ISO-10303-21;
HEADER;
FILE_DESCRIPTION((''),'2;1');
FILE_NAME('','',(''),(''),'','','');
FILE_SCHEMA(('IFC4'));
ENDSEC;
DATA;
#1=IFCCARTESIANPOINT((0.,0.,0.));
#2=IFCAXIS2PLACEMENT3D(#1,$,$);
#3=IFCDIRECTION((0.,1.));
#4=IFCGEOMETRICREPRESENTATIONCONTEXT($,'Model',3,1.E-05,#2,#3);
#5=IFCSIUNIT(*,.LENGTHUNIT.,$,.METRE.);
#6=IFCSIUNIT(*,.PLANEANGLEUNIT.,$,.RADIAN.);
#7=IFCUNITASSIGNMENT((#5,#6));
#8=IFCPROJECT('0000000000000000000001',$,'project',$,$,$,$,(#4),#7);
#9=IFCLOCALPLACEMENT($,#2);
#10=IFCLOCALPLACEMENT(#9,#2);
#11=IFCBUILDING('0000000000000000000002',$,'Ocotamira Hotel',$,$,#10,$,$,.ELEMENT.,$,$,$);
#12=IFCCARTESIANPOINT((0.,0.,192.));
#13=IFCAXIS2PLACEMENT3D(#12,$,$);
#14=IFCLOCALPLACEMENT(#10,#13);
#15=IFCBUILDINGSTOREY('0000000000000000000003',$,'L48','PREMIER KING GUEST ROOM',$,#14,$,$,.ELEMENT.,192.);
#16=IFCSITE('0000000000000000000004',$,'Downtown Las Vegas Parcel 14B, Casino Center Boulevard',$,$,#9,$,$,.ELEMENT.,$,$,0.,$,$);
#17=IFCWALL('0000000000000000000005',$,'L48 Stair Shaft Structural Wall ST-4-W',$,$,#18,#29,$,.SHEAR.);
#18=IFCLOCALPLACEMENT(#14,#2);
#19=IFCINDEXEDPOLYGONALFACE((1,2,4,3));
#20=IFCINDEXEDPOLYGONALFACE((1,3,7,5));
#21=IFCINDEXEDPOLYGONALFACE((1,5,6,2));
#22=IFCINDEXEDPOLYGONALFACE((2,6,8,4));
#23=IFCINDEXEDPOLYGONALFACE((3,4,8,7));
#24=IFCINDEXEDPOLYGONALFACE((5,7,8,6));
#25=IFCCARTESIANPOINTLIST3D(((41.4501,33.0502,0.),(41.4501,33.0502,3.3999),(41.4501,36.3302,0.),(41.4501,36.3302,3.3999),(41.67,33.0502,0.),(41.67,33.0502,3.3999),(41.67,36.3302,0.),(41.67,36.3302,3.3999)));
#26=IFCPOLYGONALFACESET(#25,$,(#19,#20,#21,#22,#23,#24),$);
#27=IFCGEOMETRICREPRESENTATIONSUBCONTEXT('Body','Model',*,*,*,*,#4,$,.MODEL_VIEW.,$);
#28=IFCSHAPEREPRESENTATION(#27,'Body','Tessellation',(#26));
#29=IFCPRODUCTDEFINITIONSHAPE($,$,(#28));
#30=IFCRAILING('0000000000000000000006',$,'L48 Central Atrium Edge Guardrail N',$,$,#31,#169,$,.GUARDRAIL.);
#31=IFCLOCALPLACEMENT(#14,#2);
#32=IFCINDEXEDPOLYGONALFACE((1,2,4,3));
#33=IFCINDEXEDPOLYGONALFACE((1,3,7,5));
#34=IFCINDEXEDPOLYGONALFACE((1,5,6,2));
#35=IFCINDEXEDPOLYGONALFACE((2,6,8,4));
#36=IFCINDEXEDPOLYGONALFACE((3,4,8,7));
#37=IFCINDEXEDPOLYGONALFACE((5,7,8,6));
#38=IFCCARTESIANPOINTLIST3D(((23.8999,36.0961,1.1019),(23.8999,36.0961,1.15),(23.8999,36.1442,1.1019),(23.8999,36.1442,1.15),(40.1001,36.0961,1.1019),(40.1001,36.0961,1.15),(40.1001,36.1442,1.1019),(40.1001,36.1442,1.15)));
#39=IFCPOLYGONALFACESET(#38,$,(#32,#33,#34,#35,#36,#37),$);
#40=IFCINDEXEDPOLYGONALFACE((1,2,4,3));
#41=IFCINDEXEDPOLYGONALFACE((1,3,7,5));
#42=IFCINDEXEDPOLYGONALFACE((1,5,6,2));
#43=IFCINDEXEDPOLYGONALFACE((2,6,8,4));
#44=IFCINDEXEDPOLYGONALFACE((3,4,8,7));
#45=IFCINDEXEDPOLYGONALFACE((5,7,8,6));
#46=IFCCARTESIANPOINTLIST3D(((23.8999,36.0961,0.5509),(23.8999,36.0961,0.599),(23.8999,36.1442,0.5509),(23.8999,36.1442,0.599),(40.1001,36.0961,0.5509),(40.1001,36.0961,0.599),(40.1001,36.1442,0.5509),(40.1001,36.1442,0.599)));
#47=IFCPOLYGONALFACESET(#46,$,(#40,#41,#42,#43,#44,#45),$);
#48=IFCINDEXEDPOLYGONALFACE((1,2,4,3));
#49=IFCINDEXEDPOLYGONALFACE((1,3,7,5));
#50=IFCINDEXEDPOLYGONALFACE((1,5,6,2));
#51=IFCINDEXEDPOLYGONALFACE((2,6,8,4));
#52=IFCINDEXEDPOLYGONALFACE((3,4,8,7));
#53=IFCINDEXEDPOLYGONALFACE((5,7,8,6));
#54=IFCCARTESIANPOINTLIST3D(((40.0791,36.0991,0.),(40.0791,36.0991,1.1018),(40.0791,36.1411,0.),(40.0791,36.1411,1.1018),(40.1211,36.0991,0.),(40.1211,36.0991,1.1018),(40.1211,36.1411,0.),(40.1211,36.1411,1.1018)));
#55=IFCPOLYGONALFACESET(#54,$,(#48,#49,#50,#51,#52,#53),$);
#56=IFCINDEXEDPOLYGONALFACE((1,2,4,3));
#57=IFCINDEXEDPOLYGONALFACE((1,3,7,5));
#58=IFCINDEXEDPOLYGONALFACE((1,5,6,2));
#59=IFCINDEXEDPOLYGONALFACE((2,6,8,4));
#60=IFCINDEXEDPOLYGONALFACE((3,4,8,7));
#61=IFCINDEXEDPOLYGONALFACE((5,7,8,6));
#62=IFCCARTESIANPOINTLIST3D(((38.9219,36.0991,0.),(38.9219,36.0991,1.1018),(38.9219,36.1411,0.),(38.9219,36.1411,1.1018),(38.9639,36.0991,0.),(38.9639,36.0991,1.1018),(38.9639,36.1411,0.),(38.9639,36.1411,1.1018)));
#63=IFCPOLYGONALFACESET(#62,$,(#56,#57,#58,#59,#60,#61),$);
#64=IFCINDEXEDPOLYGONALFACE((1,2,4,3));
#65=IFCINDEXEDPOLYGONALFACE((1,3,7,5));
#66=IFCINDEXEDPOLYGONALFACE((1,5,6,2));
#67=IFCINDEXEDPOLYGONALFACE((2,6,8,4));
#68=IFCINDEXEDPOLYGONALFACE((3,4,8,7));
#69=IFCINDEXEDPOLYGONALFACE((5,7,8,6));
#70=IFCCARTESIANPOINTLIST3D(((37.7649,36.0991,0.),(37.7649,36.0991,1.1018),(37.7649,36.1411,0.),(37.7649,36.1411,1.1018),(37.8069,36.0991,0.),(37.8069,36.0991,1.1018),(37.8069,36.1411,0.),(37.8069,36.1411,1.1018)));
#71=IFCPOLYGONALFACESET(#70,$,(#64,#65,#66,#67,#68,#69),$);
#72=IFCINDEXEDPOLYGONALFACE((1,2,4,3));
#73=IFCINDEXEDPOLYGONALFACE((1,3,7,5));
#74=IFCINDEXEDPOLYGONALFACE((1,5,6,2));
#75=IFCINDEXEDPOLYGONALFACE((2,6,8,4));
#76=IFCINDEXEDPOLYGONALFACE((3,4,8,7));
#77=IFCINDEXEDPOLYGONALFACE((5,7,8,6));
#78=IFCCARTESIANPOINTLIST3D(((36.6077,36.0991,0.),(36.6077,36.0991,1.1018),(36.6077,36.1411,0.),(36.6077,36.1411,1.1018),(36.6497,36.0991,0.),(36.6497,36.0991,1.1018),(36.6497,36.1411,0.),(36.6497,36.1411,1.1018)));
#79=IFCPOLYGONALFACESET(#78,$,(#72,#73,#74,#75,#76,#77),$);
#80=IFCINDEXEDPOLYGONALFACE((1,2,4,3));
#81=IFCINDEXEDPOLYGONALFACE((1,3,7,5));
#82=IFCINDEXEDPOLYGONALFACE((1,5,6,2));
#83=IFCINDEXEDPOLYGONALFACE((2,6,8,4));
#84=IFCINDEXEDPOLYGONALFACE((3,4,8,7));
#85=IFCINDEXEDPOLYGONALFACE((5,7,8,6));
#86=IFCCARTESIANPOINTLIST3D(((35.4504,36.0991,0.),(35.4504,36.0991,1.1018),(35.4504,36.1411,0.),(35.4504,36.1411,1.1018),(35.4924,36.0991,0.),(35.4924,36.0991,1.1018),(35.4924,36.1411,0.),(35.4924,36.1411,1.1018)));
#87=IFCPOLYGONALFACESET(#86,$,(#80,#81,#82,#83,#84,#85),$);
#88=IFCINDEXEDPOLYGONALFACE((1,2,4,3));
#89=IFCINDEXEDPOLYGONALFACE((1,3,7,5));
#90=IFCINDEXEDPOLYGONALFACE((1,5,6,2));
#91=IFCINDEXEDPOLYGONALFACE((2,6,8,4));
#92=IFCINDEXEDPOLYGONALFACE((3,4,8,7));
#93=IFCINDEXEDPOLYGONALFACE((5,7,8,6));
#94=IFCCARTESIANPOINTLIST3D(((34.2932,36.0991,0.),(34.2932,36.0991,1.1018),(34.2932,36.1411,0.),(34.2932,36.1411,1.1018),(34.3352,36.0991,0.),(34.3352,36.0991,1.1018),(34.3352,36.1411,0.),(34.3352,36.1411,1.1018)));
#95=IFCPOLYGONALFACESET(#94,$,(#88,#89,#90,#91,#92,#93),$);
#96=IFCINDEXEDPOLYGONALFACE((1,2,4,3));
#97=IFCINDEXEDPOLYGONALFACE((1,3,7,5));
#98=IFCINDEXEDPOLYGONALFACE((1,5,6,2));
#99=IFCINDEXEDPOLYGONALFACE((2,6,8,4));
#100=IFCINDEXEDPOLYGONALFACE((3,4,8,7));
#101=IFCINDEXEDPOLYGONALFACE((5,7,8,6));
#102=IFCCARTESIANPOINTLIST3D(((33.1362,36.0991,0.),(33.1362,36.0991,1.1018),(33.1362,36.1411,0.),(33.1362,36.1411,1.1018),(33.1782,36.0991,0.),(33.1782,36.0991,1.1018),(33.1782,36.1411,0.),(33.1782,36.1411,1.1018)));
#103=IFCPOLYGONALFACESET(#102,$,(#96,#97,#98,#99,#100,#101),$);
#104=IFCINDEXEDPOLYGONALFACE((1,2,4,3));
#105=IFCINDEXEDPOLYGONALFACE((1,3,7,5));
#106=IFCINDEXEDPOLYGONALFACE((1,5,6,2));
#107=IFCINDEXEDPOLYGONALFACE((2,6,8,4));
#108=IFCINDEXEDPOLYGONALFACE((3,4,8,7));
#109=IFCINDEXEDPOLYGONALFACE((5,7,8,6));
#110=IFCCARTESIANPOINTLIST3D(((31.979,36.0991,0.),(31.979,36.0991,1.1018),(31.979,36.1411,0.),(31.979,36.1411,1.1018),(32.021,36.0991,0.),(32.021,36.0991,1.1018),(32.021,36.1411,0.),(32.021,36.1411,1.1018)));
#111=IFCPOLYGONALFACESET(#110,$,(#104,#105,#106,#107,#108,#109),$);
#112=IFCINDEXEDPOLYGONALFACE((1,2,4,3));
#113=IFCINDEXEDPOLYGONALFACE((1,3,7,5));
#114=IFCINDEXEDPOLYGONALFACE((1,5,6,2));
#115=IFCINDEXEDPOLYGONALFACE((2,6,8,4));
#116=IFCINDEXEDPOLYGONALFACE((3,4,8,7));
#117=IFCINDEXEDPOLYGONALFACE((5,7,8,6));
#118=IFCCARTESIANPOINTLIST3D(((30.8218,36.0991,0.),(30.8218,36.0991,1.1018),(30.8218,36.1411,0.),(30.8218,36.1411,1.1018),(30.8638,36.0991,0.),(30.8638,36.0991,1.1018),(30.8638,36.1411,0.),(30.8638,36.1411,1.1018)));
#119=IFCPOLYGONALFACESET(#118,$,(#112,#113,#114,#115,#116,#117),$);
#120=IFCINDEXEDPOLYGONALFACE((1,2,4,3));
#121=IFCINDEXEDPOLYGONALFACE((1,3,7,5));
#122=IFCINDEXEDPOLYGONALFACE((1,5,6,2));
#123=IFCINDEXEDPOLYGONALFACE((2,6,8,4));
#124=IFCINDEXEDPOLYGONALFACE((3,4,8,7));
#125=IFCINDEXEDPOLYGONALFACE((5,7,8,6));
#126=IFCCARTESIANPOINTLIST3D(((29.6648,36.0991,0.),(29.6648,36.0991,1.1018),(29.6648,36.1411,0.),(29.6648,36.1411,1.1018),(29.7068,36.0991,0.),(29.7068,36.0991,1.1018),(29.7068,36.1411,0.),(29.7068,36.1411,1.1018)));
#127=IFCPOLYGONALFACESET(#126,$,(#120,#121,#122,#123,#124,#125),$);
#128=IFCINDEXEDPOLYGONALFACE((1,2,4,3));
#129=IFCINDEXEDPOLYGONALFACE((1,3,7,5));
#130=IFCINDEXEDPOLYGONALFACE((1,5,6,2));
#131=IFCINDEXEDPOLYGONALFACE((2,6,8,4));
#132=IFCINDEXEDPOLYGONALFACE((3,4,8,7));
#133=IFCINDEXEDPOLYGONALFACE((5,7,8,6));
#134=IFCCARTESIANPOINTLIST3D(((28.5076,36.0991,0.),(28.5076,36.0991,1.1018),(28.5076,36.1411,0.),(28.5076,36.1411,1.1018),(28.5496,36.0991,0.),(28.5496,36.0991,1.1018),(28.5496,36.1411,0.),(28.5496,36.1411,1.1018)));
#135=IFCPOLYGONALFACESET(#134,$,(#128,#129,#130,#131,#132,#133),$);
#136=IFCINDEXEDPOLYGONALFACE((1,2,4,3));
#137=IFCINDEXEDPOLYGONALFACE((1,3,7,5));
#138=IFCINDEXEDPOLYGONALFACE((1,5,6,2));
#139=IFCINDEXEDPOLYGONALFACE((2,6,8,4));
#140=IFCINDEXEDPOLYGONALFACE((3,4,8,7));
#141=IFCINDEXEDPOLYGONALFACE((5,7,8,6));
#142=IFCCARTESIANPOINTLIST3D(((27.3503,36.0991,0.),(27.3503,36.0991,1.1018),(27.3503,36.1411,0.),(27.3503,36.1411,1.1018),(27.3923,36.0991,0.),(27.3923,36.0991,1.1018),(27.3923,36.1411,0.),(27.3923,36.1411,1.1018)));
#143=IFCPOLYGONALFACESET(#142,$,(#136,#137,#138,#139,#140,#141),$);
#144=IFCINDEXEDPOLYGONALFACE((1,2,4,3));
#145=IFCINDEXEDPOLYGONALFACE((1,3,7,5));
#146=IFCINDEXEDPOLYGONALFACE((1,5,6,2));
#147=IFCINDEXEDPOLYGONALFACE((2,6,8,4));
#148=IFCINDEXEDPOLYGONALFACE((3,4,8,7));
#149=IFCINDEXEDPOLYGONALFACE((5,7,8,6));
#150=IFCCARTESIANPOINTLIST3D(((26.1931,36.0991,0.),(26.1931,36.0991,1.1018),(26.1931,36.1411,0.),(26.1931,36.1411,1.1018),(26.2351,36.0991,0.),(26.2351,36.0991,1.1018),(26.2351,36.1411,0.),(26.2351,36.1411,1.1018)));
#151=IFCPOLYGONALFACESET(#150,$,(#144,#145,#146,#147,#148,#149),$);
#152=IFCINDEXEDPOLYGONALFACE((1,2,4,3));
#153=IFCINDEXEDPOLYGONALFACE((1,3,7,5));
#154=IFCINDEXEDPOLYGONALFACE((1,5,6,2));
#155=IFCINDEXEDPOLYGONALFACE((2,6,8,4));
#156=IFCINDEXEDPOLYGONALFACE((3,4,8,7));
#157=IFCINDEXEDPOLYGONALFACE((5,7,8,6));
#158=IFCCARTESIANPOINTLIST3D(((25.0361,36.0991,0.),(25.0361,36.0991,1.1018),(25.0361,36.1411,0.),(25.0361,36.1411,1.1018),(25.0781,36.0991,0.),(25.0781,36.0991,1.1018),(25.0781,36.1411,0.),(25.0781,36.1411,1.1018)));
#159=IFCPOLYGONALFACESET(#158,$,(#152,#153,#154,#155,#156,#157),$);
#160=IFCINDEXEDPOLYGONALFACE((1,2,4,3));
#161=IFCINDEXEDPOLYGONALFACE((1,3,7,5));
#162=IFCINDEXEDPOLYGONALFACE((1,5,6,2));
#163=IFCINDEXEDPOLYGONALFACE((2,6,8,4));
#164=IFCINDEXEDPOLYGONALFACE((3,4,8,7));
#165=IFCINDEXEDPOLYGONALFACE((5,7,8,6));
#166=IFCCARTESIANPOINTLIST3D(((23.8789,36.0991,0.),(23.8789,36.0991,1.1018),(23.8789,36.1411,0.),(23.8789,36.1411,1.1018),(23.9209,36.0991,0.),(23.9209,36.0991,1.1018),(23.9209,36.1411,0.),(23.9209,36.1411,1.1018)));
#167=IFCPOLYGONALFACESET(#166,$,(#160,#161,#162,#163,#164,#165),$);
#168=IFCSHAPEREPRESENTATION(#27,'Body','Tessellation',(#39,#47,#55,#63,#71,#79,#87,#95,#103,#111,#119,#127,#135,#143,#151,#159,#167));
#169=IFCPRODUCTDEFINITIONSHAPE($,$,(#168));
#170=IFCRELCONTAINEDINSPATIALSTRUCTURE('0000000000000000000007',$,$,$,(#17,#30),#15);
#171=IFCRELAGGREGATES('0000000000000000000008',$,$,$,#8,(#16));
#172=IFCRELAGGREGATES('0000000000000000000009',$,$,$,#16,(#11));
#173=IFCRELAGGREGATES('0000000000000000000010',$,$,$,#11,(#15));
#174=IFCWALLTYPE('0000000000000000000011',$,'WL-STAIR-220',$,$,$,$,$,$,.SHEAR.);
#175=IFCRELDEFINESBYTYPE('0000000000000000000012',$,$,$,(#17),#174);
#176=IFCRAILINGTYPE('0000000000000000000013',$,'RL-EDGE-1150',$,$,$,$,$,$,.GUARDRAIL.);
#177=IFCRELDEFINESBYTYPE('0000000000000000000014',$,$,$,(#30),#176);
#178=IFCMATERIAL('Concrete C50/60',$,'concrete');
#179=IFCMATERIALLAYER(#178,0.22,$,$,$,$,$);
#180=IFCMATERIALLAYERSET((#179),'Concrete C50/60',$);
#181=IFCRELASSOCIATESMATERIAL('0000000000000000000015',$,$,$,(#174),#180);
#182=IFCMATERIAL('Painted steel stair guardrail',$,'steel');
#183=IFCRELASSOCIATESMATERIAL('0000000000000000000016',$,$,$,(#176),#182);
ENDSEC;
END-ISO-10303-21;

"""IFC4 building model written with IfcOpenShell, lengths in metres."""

from ifc_helpers import new_model, si_unit, direction, frame, frame_2d, origin, origin_2d, place, context, subcontext, project, spatial, rectangle, extrude, material, layer, layer_set, type_object, element, save


model = new_model("IFC4")

# Units and contexts
model_context = context("Model", 3, precision=1e-05, world=origin(), true_north=direction((0.0, 1.0)))
body_context = subcontext(model_context, "Body", "Model", "MODEL_VIEW")
ifc_project = project(units=[si_unit("LENGTHUNIT", "METRE"), si_unit("PLANEANGLEUNIT", "RADIAN")], contexts=[model_context])

# Site, building, storey
site_placement = place(None, origin())
site = spatial("IfcSite", under=ifc_project, at=site_placement, Name="Downtown Las Vegas Parcel 14B, Casino Center Boulevard", CompositionType="ELEMENT", RefElevation=0.0)
building_placement = place(site_placement, origin())
building = spatial("IfcBuilding", under=site, at=building_placement, Name="Ocotamira Hotel", CompositionType="ELEMENT")
storey_placement = place(building_placement, frame((0.0, 0.0, 192.0)))
storey = spatial("IfcBuildingStorey", under=building, at=storey_placement, Name="L48", Description="PREMIER KING GUEST ROOM", CompositionType="ELEMENT", Elevation=192.0)

# Shared definitions
ifc_material_1 = material(Name="Concrete C50/60", Category="concrete")

# Shared definitions
ifc_layer_1 = layer(ifc_material_1, 0.22)
ifc_layer_set_1 = layer_set([ifc_layer_1], Name="Concrete C50/60")
wall_type_1 = type_object("IfcWallType", Name="WL-STAIR-220", PredefinedType="SHEAR", material=ifc_layer_set_1)

# Wall
wall_1_placement = place(storey_placement, frame((41.5601, 33.05, 0.0), z_axis=(0.0, 0.0, 1.0), x_axis=(0.0, 1.0, 0.0)))
element("IfcWall", 1, at=wall_1_placement, inside=storey, type_object=wall_type_1, Name="L48 Stair Shaft Structural Wall ST-4-W", PredefinedType="SHEAR", context=body_context, shape_type="SweptSolid", body=[
    extrude(rectangle(XDim=3.28, YDim=0.22, at=frame_2d((1.6401, 0.0))), origin(), (0.0, 0.0, 1.0), 3.3999),
])

# Railing
ifc_material_2 = material(Name="Painted steel stair guardrail", Category="steel")
railing_type = type_object("IfcRailingType", Name="RL-EDGE-1150", PredefinedType="GUARDRAIL", material=ifc_material_2)
railing_placement = place(storey_placement, frame((40.1001, 36.1201, 0.0)))
element("IfcRailing", 2, at=railing_placement, inside=storey, type_object=railing_type, Name="L48 Central Atrium Edge Guardrail N", PredefinedType="GUARDRAIL", context=body_context, shape_type="SweptSolid", body=[
    extrude(rectangle(XDim=0.0481, YDim=0.0481, at=origin_2d()), frame((0.0, 0.0, 1.126), z_axis=(-1.0, 0.0, 0.0), x_axis=(0.0, -1.0, 0.0)), (0.0, 0.0, 1.0), 16.2002),
    extrude(rectangle(XDim=0.0481, YDim=0.0481, at=origin_2d()), frame((0.0, 0.0, 0.575), z_axis=(-1.0, 0.0, 0.0), x_axis=(0.0, -1.0, 0.0)), (0.0, 0.0, 1.0), 16.2002),
    extrude(rectangle(XDim=0.042, YDim=0.042, at=origin_2d()), origin(), (0.0, 0.0, 1.0), 1.1018),
    extrude(rectangle(XDim=0.042, YDim=0.042, at=origin_2d()), frame((-1.1572, 0.0, 0.0)), (0.0, 0.0, 1.0), 1.1018),
    extrude(rectangle(XDim=0.042, YDim=0.042, at=origin_2d()), frame((-2.3142, 0.0, 0.0)), (0.0, 0.0, 1.0), 1.1018),
    extrude(rectangle(XDim=0.042, YDim=0.042, at=origin_2d()), frame((-3.4714, 0.0, 0.0)), (0.0, 0.0, 1.0), 1.1018),
    extrude(rectangle(XDim=0.042, YDim=0.042, at=origin_2d()), frame((-4.6287, 0.0, 0.0)), (0.0, 0.0, 1.0), 1.1018),
    extrude(rectangle(XDim=0.042, YDim=0.042, at=origin_2d()), frame((-5.7859, 0.0, 0.0)), (0.0, 0.0, 1.0), 1.1018),
    extrude(rectangle(XDim=0.042, YDim=0.042, at=origin_2d()), frame((-6.9429, 0.0, 0.0)), (0.0, 0.0, 1.0), 1.1018),
    extrude(rectangle(XDim=0.042, YDim=0.042, at=origin_2d()), frame((-8.1001, 0.0, 0.0)), (0.0, 0.0, 1.0), 1.1018),
    extrude(rectangle(XDim=0.042, YDim=0.042, at=origin_2d()), frame((-9.2573, 0.0, 0.0)), (0.0, 0.0, 1.0), 1.1018),
    extrude(rectangle(XDim=0.042, YDim=0.042, at=origin_2d()), frame((-10.4143, 0.0, 0.0)), (0.0, 0.0, 1.0), 1.1018),
    extrude(rectangle(XDim=0.042, YDim=0.042, at=origin_2d()), frame((-11.5715, 0.0, 0.0)), (0.0, 0.0, 1.0), 1.1018),
    extrude(rectangle(XDim=0.042, YDim=0.042, at=origin_2d()), frame((-12.7288, 0.0, 0.0)), (0.0, 0.0, 1.0), 1.1018),
    extrude(rectangle(XDim=0.042, YDim=0.042, at=origin_2d()), frame((-13.886, 0.0, 0.0)), (0.0, 0.0, 1.0), 1.1018),
    extrude(rectangle(XDim=0.042, YDim=0.042, at=origin_2d()), frame((-15.043, 0.0, 0.0)), (0.0, 0.0, 1.0), 1.1018),
    extrude(rectangle(XDim=0.042, YDim=0.042, at=origin_2d()), frame((-16.2002, 0.0, 0.0)), (0.0, 0.0, 1.0), 1.1018),
])

save(model, "model.ifc")
